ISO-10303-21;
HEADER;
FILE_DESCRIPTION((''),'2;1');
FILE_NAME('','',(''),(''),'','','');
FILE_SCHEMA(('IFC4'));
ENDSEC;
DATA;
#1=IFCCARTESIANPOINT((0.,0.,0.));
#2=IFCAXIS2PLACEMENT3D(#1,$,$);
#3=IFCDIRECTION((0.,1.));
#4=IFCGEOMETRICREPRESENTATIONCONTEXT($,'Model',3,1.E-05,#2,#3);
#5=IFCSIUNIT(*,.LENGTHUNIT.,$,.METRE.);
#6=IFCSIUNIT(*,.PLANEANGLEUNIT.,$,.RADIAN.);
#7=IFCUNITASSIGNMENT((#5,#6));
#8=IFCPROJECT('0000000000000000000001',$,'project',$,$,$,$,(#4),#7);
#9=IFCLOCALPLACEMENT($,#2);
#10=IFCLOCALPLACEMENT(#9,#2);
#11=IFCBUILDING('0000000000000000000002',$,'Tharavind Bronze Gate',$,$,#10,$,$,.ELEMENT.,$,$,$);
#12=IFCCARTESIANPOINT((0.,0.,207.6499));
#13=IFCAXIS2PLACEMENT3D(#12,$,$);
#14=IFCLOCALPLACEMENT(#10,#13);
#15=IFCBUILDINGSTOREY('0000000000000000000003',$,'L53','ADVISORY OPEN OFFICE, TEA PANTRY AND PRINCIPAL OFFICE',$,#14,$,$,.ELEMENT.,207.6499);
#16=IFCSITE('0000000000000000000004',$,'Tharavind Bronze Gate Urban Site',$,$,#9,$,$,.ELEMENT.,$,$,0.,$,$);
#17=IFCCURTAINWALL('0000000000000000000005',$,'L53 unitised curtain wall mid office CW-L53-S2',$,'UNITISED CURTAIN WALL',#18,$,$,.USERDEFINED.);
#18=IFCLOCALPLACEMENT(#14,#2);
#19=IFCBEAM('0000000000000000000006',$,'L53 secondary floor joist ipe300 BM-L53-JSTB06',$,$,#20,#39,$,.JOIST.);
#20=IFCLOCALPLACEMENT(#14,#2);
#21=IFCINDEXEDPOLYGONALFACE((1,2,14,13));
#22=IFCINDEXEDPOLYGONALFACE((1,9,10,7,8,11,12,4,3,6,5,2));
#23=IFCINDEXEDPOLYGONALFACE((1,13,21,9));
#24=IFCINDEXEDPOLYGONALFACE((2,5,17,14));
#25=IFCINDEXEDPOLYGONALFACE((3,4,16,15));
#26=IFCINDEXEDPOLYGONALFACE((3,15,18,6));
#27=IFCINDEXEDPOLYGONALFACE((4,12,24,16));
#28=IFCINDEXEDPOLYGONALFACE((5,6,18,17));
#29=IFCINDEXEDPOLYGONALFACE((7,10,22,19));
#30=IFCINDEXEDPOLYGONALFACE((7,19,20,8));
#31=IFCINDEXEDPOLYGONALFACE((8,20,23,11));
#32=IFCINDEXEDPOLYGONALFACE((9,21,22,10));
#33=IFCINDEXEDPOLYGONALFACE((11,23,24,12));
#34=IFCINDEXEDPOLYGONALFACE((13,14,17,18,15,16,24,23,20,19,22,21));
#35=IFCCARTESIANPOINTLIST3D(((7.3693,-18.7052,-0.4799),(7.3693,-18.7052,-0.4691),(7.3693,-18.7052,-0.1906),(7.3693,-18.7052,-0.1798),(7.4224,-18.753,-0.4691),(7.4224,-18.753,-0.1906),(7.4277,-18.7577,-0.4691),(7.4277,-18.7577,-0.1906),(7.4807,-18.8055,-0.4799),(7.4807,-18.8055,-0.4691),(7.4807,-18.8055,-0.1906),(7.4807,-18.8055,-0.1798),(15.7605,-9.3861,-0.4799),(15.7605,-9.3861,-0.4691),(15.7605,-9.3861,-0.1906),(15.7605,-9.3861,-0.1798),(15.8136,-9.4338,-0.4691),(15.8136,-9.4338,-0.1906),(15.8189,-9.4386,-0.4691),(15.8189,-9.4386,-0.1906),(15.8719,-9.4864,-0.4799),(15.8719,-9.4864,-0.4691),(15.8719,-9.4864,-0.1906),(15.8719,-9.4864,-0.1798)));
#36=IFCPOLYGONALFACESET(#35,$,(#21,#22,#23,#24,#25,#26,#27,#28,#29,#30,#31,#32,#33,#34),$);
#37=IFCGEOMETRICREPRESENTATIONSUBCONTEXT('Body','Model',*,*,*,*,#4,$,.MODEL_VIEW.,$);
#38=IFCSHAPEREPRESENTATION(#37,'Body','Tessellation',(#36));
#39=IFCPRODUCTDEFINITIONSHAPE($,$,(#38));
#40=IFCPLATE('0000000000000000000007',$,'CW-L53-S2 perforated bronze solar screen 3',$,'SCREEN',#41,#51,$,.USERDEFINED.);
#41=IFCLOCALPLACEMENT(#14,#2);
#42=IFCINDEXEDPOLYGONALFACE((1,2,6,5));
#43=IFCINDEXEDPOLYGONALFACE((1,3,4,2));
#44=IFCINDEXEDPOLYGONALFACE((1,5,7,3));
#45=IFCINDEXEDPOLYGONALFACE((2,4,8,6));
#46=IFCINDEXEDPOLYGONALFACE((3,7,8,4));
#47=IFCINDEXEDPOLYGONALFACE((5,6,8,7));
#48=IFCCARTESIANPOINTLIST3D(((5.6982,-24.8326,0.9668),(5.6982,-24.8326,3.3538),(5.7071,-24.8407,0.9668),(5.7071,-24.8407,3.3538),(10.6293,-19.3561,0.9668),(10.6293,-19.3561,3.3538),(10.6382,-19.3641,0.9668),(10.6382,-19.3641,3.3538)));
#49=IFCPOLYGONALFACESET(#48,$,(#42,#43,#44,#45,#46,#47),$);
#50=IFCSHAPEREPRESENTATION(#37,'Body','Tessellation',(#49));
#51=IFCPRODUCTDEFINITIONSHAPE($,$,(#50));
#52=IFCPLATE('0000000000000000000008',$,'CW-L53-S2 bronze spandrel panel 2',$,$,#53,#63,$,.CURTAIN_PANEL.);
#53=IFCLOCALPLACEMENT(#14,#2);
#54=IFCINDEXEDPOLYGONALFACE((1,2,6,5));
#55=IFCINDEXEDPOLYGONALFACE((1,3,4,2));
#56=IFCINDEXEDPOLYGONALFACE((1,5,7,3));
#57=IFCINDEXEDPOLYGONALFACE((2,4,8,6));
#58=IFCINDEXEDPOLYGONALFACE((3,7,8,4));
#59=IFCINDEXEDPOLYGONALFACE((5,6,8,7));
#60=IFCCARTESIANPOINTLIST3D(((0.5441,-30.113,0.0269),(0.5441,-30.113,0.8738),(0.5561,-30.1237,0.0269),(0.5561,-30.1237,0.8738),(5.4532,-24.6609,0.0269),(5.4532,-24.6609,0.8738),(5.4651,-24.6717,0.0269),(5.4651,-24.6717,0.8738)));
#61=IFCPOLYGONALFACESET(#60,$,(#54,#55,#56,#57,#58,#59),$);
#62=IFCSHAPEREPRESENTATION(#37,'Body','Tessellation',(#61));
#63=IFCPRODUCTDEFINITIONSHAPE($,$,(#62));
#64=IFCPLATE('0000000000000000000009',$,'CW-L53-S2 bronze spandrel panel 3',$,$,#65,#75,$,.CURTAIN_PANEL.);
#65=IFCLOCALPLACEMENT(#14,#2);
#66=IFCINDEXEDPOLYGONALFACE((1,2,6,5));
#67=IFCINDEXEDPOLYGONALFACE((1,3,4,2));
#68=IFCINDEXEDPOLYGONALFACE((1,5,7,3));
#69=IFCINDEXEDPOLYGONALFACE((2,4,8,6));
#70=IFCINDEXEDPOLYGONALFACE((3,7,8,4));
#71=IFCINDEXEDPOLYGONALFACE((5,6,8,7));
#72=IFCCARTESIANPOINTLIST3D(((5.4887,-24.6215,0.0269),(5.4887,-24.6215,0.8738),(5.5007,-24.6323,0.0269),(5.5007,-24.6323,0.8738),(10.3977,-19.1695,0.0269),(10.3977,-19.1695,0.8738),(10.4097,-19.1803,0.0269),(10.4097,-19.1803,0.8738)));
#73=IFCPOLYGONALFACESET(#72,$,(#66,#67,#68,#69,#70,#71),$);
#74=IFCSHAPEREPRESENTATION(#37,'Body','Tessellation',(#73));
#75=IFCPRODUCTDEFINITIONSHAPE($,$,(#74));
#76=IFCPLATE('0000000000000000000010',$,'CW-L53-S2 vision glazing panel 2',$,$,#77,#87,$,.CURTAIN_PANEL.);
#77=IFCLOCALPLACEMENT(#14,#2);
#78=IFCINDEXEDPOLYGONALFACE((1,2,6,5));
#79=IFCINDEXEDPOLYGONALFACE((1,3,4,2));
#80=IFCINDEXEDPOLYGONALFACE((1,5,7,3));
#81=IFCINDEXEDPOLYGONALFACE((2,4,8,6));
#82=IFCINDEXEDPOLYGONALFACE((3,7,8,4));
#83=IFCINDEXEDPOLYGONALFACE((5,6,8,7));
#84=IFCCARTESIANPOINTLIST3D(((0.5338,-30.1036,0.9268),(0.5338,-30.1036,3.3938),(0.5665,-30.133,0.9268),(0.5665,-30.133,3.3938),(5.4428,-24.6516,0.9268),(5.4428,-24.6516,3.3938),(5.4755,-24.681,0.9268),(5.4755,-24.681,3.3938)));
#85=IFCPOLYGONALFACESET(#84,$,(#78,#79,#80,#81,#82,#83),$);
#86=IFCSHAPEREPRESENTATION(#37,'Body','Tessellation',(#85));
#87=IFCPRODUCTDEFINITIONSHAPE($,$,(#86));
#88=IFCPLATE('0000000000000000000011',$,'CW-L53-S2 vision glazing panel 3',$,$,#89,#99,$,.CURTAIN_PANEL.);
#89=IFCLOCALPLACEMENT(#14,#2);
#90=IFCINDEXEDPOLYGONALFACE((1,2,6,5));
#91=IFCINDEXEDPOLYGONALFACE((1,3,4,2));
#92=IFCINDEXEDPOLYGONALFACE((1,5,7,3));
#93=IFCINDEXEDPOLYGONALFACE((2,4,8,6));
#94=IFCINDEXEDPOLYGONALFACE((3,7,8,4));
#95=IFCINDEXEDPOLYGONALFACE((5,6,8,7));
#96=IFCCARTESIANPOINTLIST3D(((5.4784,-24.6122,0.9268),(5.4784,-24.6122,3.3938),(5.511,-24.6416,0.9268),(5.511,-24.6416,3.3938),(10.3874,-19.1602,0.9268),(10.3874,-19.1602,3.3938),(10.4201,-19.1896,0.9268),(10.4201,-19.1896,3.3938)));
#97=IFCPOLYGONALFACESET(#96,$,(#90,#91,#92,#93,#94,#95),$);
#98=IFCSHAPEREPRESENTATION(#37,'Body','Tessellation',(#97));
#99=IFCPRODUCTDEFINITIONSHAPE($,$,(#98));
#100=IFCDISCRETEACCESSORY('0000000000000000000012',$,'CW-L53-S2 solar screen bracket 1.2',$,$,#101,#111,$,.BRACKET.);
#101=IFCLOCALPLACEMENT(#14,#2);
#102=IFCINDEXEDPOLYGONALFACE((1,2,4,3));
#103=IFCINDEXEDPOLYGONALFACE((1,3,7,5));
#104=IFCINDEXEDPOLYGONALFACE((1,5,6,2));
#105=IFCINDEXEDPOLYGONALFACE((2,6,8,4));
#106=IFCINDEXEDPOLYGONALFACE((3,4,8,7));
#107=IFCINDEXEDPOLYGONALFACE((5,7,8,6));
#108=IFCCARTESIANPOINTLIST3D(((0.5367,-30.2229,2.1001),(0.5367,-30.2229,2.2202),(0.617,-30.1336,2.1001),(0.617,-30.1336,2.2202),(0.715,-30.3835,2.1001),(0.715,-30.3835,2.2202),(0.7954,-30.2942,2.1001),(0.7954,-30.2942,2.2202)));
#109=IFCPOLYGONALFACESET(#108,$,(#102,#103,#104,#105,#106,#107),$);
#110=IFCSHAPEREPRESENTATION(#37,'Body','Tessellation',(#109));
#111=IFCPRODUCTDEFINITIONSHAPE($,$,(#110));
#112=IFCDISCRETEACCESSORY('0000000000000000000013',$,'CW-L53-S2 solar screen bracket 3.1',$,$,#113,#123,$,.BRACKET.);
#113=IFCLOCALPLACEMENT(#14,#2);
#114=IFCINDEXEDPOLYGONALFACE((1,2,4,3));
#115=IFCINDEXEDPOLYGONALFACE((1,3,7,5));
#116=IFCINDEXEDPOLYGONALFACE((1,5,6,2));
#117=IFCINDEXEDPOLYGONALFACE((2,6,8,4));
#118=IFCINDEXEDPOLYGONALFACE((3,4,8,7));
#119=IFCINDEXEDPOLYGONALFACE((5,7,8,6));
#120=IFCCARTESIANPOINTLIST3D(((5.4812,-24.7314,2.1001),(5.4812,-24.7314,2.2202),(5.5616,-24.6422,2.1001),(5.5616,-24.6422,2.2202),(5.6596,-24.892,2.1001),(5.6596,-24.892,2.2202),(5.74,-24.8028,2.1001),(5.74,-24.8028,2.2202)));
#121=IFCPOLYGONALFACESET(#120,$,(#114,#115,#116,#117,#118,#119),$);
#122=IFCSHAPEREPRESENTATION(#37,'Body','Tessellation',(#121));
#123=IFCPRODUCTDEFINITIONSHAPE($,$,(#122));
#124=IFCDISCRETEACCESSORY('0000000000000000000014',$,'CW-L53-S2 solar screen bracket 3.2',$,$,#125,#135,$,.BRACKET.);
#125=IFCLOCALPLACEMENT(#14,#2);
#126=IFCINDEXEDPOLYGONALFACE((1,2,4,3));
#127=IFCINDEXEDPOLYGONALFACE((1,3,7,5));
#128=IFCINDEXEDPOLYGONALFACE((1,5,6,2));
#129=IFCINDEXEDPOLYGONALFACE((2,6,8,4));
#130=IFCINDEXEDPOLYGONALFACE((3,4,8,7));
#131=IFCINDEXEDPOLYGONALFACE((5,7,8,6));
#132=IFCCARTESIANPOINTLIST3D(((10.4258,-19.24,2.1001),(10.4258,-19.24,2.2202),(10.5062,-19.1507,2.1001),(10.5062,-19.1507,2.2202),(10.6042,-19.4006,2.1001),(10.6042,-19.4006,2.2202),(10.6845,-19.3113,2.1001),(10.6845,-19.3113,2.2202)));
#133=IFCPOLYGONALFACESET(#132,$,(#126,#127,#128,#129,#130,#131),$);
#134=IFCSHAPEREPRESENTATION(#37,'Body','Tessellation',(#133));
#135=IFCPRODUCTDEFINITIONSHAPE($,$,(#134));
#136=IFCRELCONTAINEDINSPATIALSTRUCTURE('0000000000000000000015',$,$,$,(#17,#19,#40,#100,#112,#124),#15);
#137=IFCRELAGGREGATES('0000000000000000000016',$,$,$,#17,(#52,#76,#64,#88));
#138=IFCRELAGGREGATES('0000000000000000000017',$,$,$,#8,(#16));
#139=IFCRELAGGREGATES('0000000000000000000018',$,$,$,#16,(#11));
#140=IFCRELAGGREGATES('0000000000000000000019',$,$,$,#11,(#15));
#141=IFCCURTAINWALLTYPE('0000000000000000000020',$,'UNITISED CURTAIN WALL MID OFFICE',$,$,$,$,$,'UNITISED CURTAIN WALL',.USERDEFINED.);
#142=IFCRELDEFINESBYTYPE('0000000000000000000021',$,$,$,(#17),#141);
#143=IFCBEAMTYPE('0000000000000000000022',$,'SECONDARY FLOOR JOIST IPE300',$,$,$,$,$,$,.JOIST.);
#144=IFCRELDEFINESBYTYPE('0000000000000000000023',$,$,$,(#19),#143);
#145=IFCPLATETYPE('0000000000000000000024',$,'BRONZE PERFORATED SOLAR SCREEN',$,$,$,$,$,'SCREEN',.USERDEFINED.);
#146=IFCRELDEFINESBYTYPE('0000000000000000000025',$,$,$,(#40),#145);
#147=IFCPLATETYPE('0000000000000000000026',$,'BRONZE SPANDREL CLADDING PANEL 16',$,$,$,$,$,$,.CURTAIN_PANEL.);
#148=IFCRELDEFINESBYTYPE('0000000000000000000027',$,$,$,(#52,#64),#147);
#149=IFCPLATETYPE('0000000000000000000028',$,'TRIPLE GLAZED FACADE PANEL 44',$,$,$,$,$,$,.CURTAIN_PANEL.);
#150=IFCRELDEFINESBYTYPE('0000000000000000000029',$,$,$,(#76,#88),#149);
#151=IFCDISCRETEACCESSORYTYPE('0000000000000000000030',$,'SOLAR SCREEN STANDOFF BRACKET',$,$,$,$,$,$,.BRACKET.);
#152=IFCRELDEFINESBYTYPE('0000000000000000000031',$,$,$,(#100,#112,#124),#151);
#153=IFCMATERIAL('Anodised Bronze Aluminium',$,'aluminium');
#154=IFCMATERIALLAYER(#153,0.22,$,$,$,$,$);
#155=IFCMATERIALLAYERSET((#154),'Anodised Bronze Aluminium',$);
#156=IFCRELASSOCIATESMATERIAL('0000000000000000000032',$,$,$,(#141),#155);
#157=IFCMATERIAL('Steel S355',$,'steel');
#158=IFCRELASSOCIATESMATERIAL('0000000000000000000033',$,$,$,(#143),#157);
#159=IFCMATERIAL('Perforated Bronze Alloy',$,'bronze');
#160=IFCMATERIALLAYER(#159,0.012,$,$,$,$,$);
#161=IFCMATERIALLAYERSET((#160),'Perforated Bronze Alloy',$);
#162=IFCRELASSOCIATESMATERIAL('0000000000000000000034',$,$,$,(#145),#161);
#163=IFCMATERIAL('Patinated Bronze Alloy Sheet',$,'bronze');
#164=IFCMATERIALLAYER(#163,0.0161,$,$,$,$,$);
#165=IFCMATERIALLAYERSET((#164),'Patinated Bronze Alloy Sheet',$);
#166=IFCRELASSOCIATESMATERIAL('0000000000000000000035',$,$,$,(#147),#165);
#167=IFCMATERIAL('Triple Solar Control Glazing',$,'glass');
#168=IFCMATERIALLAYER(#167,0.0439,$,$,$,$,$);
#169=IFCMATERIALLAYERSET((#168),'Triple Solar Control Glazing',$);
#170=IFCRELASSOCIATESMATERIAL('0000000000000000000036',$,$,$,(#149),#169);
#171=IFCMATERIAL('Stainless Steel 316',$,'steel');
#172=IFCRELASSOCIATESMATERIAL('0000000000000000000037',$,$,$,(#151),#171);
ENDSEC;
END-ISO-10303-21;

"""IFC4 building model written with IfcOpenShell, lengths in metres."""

from ifc_helpers import new_model, si_unit, direction, frame, origin, origin_2d, place, context, subcontext, project, spatial, rectangle, i_section, extrude, material, layer, layer_set, material_profile, profile_set, type_object, element, aggregate, save


model = new_model("IFC4")

# Units and contexts
model_context = context("Model", 3, precision=1e-05, world=origin(), true_north=direction((0.0, 1.0)))
body_context = subcontext(model_context, "Body", "Model", "MODEL_VIEW")
ifc_project = project(units=[si_unit("LENGTHUNIT", "METRE"), si_unit("PLANEANGLEUNIT", "RADIAN")], contexts=[model_context])

# Site, building, storey
site_placement = place(None, origin())
site = spatial("IfcSite", under=ifc_project, at=site_placement, Name="Tharavind Bronze Gate Urban Site", CompositionType="ELEMENT", RefElevation=0.0)
building_placement = place(site_placement, origin())
building = spatial("IfcBuilding", under=site, at=building_placement, Name="Tharavind Bronze Gate", CompositionType="ELEMENT")
storey_placement = place(building_placement, frame((0.0, 0.0, 207.6499)))
storey = spatial("IfcBuildingStorey", under=building, at=storey_placement, Name="L53", Description="ADVISORY OPEN OFFICE, TEA PANTRY AND PRINCIPAL OFFICE", CompositionType="ELEMENT", Elevation=207.6499)

# Curtain wall
ifc_material_1 = material(Name="Anodised Bronze Aluminium", Category="aluminium")
ifc_layer_1 = layer(ifc_material_1, 0.22)
ifc_layer_set_1 = layer_set([ifc_layer_1], Name="Anodised Bronze Aluminium")
curtain_wall_type = type_object("IfcCurtainWallType", Name="UNITISED CURTAIN WALL MID OFFICE", ElementType="UNITISED CURTAIN WALL", PredefinedType="USERDEFINED", material=ifc_layer_set_1)
curtain_wall_placement = place(storey_placement, origin())
curtain_wall = element("IfcCurtainWall", 1, at=curtain_wall_placement, inside=storey, type_object=curtain_wall_type, Name="L53 unitised curtain wall mid office CW-L53-S2", ObjectType="UNITISED CURTAIN WALL", PredefinedType="USERDEFINED")

# Beam
ifc_material_2 = material(Name="Steel S355", Category="steel")
ifc_material_profile_1 = material_profile(ifc_material_2, i_section(OverallWidth=0.1499, OverallDepth=0.3, WebThickness=0.0071, FlangeThickness=0.0107, at=origin_2d()), Name="IPE300")
ifc_profile_set_1 = profile_set([ifc_material_profile_1], Name="Steel S355")
beam_type_1 = type_object("IfcBeamType", Name="SECONDARY FLOOR JOIST IPE300", PredefinedType="JOIST", material=ifc_profile_set_1)
beam_1_placement = place(storey_placement, frame((7.425, -18.7554, -0.3298), z_axis=(0.669138, 0.743138, 0.0), x_axis=(-0.743138, 0.669138, 0.0)))
element("IfcBeam", 2, at=beam_1_placement, inside=storey, type_object=beam_type_1, Name="L53 secondary floor joist ipe300 BM-L53-JSTB06", PredefinedType="JOIST", context=body_context, shape_type="SweptSolid", body=[
    extrude(i_section(OverallWidth=0.1499, OverallDepth=0.3, WebThickness=0.0071, FlangeThickness=0.0107, at=origin_2d()), origin(), (0.0, 0.0, 1.0), 12.5403),
])

# Plates
ifc_material_3 = material(Name="Perforated Bronze Alloy", Category="bronze")
ifc_layer_2 = layer(ifc_material_3, 0.012)
ifc_layer_set_2 = layer_set([ifc_layer_2], Name="Perforated Bronze Alloy")
plate_type_1 = type_object("IfcPlateType", Name="BRONZE PERFORATED SOLAR SCREEN", ElementType="SCREEN", PredefinedType="USERDEFINED", material=ifc_layer_set_2)
plate_1_placement = place(storey_placement, frame((8.1682, -22.0984, 0.9668), z_axis=(0.0, 0.0, 1.0), x_axis=(0.669131, 0.743145, 0.0)))
element("IfcPlate", 3, at=plate_1_placement, inside=storey, type_object=plate_type_1, Name="CW-L53-S2 perforated bronze solar screen 3", ObjectType="SCREEN", PredefinedType="USERDEFINED", context=body_context, shape_type="SweptSolid", body=[
    extrude(rectangle(XDim=7.3694, YDim=0.012, at=origin_2d()), origin(), (0.0, 0.0, 1.0), 2.387),
])
ifc_material_4 = material(Name="Patinated Bronze Alloy Sheet", Category="bronze")
ifc_layer_3 = layer(ifc_material_4, 0.0161)
ifc_layer_set_3 = layer_set([ifc_layer_3], Name="Patinated Bronze Alloy Sheet")
plate_type_2 = type_object("IfcPlateType", Name="BRONZE SPANDREL CLADDING PANEL 16", PredefinedType="CURTAIN_PANEL", material=ifc_layer_set_3)
plate_2_placement = place(storey_placement, frame((3.0046, -27.3923, 0.0269), z_axis=(0.0, 0.0, 1.0), x_axis=(0.669131, 0.743145, 0.0)))
plate_2 = element("IfcPlate", 4, at=plate_2_placement, type_object=plate_type_2, Name="CW-L53-S2 bronze spandrel panel 2", PredefinedType="CURTAIN_PANEL", context=body_context, shape_type="SweptSolid", body=[
    extrude(rectangle(XDim=7.3364, YDim=0.0161, at=origin_2d()), origin(), (0.0, 0.0, 1.0), 0.8469),
])
plate_3_placement = place(storey_placement, frame((7.9492, -21.9009, 0.0269), z_axis=(0.0, 0.0, 1.0), x_axis=(0.669131, 0.743145, 0.0)))
plate_3 = element("IfcPlate", 5, at=plate_3_placement, type_object=plate_type_2, Name="CW-L53-S2 bronze spandrel panel 3", PredefinedType="CURTAIN_PANEL", context=body_context, shape_type="SweptSolid", body=[
    extrude(rectangle(XDim=7.3364, YDim=0.0161, at=origin_2d()), origin(), (0.0, 0.0, 1.0), 0.8469),
])
ifc_material_5 = material(Name="Triple Solar Control Glazing", Category="glass")
ifc_layer_4 = layer(ifc_material_5, 0.0439)
ifc_layer_set_4 = layer_set([ifc_layer_4], Name="Triple Solar Control Glazing")
plate_type_3 = type_object("IfcPlateType", Name="TRIPLE GLAZED FACADE PANEL 44", PredefinedType="CURTAIN_PANEL", material=ifc_layer_set_4)
plate_4_placement = place(storey_placement, frame((3.0046, -27.3923, 0.9268), z_axis=(0.0, 0.0, 1.0), x_axis=(0.669131, 0.743145, 0.0)))
plate_4 = element("IfcPlate", 6, at=plate_4_placement, type_object=plate_type_3, Name="CW-L53-S2 vision glazing panel 2", PredefinedType="CURTAIN_PANEL", context=body_context, shape_type="SweptSolid", body=[
    extrude(rectangle(XDim=7.3364, YDim=0.0439, at=origin_2d()), origin(), (0.0, 0.0, 1.0), 2.467),
])
plate_5_placement = place(storey_placement, frame((7.9492, -21.9009, 0.9268), z_axis=(0.0, 0.0, 1.0), x_axis=(0.669131, 0.743145, 0.0)))
plate_5 = element("IfcPlate", 7, at=plate_5_placement, type_object=plate_type_3, Name="CW-L53-S2 vision glazing panel 3", PredefinedType="CURTAIN_PANEL", context=body_context, shape_type="SweptSolid", body=[
    extrude(rectangle(XDim=7.3364, YDim=0.0439, at=origin_2d()), origin(), (0.0, 0.0, 1.0), 2.467),
])
aggregate(curtain_wall, [plate_2, plate_4, plate_3, plate_5])

# Discrete accessories
ifc_material_6 = material(Name="Stainless Steel 316", Category="steel")
discrete_accessory_type = type_object("IfcDiscreteAccessoryType", Name="SOLAR SCREEN STANDOFF BRACKET", PredefinedType="BRACKET", material=ifc_material_6)
for number, where, z_axis, x_axis, name in (
    (8, (0.666, -30.2585, 2.1001), (0.0, 0.0, 1.0), (0.669131, 0.743145, 0.0), "CW-L53-S2 solar screen bracket 1.2"),
    (9, (5.6106, -24.7671, 2.1001), (0.0, 0.0, 1.0), (0.669131, 0.743145, 0.0), "CW-L53-S2 solar screen bracket 3.1"),
    (10, (10.5552, -19.2756, 2.1001), (0.0, 0.0, 1.0), (0.669131, 0.743145, 0.0), "CW-L53-S2 solar screen bracket 3.2"),
):
    element("IfcDiscreteAccessory", number, at=place(storey_placement, frame(where, z_axis=z_axis, x_axis=x_axis)), inside=storey, type_object=discrete_accessory_type, Name=name, PredefinedType="BRACKET", context=body_context, shape_type="SweptSolid", body=[
        extrude(rectangle(XDim=0.1201, YDim=0.24, at=origin_2d()), origin(), (0.0, 0.0, 1.0), 0.1201),
    ])

save(model, "model.ifc")
